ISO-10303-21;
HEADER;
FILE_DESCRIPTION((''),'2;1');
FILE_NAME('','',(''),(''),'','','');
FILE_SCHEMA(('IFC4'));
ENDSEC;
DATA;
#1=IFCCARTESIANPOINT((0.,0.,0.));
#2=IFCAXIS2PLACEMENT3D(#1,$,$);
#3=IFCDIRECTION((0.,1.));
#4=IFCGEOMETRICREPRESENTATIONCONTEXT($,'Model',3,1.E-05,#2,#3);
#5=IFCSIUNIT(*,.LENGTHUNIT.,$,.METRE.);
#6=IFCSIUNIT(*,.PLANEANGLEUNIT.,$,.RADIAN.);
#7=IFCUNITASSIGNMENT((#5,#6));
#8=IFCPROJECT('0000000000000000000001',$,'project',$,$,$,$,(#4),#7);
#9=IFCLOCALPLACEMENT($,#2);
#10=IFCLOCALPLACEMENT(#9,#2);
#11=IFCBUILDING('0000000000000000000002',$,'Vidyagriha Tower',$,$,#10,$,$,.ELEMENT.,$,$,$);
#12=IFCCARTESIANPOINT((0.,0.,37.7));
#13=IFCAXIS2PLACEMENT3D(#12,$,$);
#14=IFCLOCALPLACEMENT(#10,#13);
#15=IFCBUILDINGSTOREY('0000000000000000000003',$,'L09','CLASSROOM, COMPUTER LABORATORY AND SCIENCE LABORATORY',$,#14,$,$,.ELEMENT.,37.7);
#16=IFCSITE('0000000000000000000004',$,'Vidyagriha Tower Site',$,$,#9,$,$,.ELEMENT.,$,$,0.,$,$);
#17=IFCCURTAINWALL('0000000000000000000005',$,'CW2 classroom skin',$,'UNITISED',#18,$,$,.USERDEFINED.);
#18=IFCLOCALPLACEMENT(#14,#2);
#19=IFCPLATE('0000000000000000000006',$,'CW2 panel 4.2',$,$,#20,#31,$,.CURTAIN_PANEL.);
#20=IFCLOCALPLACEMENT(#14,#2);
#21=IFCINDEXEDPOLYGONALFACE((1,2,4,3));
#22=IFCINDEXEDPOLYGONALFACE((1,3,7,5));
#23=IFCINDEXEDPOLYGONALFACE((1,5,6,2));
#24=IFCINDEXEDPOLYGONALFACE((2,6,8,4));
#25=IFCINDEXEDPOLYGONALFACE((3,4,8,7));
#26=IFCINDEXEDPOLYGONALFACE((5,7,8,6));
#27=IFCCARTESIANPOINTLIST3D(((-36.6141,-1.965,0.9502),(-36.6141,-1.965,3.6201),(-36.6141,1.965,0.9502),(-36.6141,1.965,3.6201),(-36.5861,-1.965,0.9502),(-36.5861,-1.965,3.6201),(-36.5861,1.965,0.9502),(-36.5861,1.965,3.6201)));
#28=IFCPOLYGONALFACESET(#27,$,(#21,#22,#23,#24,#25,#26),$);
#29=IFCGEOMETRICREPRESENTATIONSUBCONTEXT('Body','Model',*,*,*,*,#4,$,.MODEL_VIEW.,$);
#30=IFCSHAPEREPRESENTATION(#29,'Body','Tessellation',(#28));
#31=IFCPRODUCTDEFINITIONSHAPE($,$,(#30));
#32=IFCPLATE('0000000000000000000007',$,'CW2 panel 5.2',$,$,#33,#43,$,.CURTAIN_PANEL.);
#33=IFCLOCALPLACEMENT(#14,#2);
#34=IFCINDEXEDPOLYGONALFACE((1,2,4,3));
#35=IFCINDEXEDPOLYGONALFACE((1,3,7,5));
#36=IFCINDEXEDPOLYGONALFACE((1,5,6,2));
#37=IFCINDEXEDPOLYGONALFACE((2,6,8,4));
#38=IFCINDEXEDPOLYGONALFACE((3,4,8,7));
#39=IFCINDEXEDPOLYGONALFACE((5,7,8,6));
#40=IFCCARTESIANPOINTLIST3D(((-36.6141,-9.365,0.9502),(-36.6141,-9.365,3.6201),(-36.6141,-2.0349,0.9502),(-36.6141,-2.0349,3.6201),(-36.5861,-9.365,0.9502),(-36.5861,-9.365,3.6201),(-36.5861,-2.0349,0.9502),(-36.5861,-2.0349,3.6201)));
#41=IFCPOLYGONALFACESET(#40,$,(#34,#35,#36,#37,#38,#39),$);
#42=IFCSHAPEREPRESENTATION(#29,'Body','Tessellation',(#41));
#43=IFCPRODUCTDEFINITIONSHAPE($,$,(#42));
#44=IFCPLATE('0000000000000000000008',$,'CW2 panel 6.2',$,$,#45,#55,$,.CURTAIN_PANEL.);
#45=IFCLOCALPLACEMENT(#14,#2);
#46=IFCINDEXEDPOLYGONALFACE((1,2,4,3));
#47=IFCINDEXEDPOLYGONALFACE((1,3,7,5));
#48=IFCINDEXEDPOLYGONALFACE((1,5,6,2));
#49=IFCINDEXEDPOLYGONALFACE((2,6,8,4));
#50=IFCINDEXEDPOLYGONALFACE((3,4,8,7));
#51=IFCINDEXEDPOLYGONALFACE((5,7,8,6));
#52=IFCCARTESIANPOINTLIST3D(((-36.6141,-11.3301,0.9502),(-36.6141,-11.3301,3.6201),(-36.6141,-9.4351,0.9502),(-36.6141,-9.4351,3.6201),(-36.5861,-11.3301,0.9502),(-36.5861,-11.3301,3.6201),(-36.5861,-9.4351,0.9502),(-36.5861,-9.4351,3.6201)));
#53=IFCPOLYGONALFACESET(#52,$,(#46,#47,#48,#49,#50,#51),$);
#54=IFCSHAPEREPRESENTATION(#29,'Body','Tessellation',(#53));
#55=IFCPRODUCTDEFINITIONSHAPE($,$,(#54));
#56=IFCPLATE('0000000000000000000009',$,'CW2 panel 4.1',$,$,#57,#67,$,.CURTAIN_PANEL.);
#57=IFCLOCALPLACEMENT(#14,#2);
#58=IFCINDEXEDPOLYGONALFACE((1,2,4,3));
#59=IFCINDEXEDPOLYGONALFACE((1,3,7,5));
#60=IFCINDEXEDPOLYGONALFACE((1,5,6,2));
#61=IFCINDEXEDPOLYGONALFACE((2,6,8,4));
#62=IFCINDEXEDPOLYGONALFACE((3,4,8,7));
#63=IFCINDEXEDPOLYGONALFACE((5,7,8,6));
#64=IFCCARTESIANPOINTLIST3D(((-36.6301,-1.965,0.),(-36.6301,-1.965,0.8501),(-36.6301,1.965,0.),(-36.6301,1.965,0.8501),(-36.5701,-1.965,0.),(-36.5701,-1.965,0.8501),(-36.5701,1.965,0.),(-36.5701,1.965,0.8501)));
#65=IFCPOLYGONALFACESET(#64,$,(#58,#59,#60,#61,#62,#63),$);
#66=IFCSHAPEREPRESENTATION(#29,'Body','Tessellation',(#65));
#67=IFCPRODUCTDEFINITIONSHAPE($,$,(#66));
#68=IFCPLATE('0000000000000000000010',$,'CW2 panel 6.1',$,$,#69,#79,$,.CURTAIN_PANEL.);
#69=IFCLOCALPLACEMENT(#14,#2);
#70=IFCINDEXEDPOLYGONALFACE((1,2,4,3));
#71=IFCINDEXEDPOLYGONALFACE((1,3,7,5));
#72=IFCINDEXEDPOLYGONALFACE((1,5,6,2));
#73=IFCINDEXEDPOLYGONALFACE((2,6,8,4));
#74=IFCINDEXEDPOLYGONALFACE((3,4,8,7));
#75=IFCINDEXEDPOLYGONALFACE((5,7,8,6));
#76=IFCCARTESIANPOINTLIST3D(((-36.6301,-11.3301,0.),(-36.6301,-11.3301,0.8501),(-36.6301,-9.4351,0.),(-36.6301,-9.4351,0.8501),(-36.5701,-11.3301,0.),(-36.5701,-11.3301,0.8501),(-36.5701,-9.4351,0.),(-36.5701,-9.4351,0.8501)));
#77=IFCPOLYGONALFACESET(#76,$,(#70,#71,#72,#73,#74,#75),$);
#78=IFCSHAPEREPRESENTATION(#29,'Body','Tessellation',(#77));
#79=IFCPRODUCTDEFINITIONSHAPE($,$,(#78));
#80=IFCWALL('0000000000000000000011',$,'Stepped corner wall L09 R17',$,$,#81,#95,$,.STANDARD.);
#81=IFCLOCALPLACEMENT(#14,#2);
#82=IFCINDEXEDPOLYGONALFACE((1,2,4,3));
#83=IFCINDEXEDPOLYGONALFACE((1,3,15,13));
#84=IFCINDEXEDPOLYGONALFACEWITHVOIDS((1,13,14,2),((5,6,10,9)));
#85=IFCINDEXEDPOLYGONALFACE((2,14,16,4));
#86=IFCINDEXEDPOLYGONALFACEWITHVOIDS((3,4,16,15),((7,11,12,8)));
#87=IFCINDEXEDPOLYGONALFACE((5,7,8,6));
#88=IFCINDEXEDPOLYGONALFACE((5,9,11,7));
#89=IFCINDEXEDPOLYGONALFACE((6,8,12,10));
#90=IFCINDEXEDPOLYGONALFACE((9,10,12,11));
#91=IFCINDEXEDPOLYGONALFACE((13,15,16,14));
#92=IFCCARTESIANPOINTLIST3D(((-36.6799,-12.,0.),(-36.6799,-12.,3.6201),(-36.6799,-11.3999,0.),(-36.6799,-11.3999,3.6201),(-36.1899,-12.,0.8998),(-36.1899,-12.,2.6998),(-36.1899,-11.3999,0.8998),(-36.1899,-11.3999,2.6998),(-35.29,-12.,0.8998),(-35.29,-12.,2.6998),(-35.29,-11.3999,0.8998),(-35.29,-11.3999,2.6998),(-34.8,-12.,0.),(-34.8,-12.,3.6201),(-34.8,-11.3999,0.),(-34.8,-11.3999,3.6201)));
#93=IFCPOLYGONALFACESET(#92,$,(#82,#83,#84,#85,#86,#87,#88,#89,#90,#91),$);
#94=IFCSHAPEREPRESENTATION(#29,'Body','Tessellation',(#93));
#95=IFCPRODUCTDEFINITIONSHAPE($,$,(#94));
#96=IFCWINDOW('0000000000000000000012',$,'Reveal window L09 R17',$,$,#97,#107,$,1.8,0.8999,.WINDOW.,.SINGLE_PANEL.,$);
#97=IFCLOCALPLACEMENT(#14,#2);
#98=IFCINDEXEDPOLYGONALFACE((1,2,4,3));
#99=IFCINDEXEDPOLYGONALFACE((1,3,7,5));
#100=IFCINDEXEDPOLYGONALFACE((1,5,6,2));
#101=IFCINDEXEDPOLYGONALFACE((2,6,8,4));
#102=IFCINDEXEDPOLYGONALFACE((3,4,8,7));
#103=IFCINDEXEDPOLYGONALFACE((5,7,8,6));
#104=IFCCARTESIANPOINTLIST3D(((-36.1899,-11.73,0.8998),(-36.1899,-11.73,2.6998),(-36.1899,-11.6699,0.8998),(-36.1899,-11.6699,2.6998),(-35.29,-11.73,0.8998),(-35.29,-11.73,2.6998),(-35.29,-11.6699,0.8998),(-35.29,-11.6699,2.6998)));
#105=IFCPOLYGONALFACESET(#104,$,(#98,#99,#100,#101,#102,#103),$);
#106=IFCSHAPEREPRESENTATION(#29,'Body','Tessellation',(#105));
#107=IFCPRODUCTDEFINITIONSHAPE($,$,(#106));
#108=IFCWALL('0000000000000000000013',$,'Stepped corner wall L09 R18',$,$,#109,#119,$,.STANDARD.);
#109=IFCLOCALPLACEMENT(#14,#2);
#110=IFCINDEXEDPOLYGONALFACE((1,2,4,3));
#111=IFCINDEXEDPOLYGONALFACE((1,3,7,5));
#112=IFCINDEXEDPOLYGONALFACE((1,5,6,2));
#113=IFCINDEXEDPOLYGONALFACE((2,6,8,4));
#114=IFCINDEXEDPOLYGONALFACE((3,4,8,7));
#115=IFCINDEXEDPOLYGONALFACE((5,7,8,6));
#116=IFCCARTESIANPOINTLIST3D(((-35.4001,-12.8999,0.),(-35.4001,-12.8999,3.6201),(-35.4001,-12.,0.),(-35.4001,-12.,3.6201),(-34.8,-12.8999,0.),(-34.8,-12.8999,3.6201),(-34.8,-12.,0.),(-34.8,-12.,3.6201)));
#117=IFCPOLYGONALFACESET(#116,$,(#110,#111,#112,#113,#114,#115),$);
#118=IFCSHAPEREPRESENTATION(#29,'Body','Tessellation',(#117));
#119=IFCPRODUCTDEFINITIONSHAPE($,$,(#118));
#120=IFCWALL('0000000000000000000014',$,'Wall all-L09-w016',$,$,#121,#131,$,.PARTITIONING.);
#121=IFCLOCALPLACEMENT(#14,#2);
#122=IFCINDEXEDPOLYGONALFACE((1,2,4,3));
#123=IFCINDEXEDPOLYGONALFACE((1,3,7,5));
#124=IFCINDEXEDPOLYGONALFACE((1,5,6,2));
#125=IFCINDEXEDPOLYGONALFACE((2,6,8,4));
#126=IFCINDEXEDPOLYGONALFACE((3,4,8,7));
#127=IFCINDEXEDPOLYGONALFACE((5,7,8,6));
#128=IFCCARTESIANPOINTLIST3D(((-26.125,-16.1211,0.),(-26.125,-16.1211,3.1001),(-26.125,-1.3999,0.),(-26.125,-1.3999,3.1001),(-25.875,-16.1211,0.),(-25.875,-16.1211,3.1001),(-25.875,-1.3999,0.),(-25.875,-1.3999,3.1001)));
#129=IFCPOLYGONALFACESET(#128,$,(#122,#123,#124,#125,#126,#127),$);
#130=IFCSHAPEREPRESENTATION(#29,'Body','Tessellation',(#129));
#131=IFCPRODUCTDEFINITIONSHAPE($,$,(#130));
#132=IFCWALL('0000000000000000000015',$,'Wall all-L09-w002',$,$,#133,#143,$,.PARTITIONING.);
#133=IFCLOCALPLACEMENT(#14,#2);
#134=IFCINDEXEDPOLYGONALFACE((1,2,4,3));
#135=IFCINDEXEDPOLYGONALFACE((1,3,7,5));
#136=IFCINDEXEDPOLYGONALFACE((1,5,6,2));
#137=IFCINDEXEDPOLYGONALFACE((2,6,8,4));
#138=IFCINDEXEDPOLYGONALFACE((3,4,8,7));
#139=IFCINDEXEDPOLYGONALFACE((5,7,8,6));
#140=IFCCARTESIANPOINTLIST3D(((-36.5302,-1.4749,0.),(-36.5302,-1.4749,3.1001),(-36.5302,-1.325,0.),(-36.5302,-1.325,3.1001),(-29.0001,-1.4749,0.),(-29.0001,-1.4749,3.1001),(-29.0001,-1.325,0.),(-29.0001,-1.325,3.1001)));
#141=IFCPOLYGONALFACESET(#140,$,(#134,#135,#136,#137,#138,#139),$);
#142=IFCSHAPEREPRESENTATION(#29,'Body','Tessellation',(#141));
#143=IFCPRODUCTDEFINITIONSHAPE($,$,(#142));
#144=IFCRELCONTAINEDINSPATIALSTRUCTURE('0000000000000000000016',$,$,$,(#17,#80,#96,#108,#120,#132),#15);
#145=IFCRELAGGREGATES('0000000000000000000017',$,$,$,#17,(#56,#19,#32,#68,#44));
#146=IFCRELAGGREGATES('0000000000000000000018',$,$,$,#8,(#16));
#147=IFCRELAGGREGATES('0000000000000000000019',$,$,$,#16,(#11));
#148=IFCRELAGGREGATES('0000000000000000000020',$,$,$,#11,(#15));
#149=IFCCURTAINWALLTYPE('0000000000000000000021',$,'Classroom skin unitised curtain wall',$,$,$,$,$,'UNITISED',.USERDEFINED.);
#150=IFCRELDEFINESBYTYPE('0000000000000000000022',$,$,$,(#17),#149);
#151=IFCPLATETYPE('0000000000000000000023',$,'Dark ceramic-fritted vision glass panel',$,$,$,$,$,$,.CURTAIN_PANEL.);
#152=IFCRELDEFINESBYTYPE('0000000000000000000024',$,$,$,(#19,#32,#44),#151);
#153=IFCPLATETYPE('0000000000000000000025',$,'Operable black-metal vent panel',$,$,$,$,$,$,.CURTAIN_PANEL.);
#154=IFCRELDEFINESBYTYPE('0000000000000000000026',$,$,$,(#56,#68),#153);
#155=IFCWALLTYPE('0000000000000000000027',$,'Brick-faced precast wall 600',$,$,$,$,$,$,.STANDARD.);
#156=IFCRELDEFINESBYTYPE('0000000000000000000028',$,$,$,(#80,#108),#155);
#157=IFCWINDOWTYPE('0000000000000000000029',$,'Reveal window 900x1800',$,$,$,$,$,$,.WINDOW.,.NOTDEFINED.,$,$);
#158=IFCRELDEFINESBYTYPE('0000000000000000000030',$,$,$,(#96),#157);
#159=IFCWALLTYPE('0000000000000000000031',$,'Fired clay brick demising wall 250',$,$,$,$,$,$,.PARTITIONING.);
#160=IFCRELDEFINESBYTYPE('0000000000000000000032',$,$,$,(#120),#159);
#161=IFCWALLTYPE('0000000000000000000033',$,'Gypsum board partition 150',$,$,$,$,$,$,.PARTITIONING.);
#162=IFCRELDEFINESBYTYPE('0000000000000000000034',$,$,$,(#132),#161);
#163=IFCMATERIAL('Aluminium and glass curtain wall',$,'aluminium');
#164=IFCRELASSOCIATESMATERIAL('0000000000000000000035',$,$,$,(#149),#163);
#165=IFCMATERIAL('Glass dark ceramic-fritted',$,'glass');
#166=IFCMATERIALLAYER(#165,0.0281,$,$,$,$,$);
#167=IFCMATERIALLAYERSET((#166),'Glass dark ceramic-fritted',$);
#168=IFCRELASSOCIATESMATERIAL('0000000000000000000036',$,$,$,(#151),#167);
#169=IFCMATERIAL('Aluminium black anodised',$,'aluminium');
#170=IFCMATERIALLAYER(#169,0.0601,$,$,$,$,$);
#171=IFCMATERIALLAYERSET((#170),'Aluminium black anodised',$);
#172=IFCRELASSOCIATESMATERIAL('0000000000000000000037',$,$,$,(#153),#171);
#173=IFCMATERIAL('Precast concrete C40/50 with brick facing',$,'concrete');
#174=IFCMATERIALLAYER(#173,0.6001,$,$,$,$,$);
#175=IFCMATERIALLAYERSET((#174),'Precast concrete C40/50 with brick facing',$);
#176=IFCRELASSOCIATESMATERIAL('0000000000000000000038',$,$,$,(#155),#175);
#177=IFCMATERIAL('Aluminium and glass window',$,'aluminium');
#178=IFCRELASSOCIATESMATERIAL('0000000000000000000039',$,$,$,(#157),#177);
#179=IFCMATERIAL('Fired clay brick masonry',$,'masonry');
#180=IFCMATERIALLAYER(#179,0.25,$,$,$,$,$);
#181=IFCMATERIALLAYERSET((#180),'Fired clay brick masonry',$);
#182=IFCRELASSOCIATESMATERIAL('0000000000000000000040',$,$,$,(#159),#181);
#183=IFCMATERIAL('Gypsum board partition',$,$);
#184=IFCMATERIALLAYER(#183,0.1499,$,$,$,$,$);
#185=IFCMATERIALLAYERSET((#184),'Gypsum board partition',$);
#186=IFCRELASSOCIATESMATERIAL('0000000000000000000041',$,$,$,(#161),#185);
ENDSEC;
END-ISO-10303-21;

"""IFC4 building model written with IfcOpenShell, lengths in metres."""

from ifc_helpers import new_model, si_unit, direction, frame, frame_2d, origin, origin_2d, place, context, subcontext, project, spatial, rectangle, extrude, material, layer, layer_set, type_object, element, fill, aggregate, save


model = new_model("IFC4")

# Units and contexts
model_context = context("Model", 3, precision=1e-05, world=origin(), true_north=direction((0.0, 1.0)))
body_context = subcontext(model_context, "Body", "Model", "MODEL_VIEW")
ifc_project = project(units=[si_unit("LENGTHUNIT", "METRE"), si_unit("PLANEANGLEUNIT", "RADIAN")], contexts=[model_context])

# Site, building, storey
site_placement = place(None, origin())
site = spatial("IfcSite", under=ifc_project, at=site_placement, Name="Vidyagriha Tower Site", CompositionType="ELEMENT", RefElevation=0.0)
building_placement = place(site_placement, origin())
building = spatial("IfcBuilding", under=site, at=building_placement, Name="Vidyagriha Tower", CompositionType="ELEMENT")
storey_placement = place(building_placement, frame((0.0, 0.0, 37.7)))
storey = spatial("IfcBuildingStorey", under=building, at=storey_placement, Name="L09", Description="CLASSROOM, COMPUTER LABORATORY AND SCIENCE LABORATORY", CompositionType="ELEMENT", Elevation=37.7)

# Curtain wall, plates
ifc_material_1 = material(Name="Aluminium and glass curtain wall", Category="aluminium")
curtain_wall_type = type_object("IfcCurtainWallType", Name="Classroom skin unitised curtain wall", ElementType="UNITISED", PredefinedType="USERDEFINED", material=ifc_material_1)
curtain_wall_placement = place(storey_placement, origin())
curtain_wall = element("IfcCurtainWall", 1, at=curtain_wall_placement, inside=storey, type_object=curtain_wall_type, Name="CW2 classroom skin", ObjectType="UNITISED", PredefinedType="USERDEFINED")
ifc_material_2 = material(Name="Glass dark ceramic-fritted", Category="glass")
ifc_layer_1 = layer(ifc_material_2, 0.0281)
ifc_layer_set_1 = layer_set([ifc_layer_1], Name="Glass dark ceramic-fritted")
plate_type_1 = type_object("IfcPlateType", Name="Dark ceramic-fritted vision glass panel", PredefinedType="CURTAIN_PANEL", material=ifc_layer_set_1)
plate_1_placement = place(storey_placement, frame((-36.6001, 0.0, 0.9502), z_axis=(0.0, 0.0, 1.0), x_axis=(0.0, -1.0, 0.0)))
plate_1 = element("IfcPlate", 2, at=plate_1_placement, type_object=plate_type_1, Name="CW2 panel 4.2", PredefinedType="CURTAIN_PANEL", context=body_context, shape_type="SweptSolid", body=[
    extrude(rectangle(XDim=3.9299, YDim=0.0281, at=origin_2d()), origin(), (0.0, 0.0, 1.0), 2.6699),
])
plate_2_placement = place(storey_placement, frame((-36.6001, -5.7, 0.9502), z_axis=(0.0, 0.0, 1.0), x_axis=(0.0, -1.0, 0.0)))
plate_2 = element("IfcPlate", 3, at=plate_2_placement, type_object=plate_type_1, Name="CW2 panel 5.2", PredefinedType="CURTAIN_PANEL", context=body_context, shape_type="SweptSolid", body=[
    extrude(rectangle(XDim=7.3301, YDim=0.0281, at=origin_2d()), origin(), (0.0, 0.0, 1.0), 2.6699),
])
plate_3_placement = place(storey_placement, frame((-36.6001, -10.3826, 0.9502), z_axis=(0.0, 0.0, 1.0), x_axis=(0.0, -1.0, 0.0)))
plate_3 = element("IfcPlate", 4, at=plate_3_placement, type_object=plate_type_1, Name="CW2 panel 6.2", PredefinedType="CURTAIN_PANEL", context=body_context, shape_type="SweptSolid", body=[
    extrude(rectangle(XDim=1.895, YDim=0.0281, at=origin_2d()), origin(), (0.0, 0.0, 1.0), 2.6699),
])
ifc_material_3 = material(Name="Aluminium black anodised", Category="aluminium")
ifc_layer_2 = layer(ifc_material_3, 0.0601)
ifc_layer_set_2 = layer_set([ifc_layer_2], Name="Aluminium black anodised")
plate_type_2 = type_object("IfcPlateType", Name="Operable black-metal vent panel", PredefinedType="CURTAIN_PANEL", material=ifc_layer_set_2)
plate_4_placement = place(storey_placement, frame((-36.6001, 0.0, 0.0), z_axis=(0.0, 0.0, 1.0), x_axis=(0.0, -1.0, 0.0)))
plate_4 = element("IfcPlate", 5, at=plate_4_placement, type_object=plate_type_2, Name="CW2 panel 4.1", PredefinedType="CURTAIN_PANEL", context=body_context, shape_type="SweptSolid", body=[
    extrude(rectangle(XDim=3.9299, YDim=0.0601, at=origin_2d()), origin(), (0.0, 0.0, 1.0), 0.8501),
])
plate_5_placement = place(storey_placement, frame((-36.6001, -10.3826, 0.0), z_axis=(0.0, 0.0, 1.0), x_axis=(0.0, -1.0, 0.0)))
plate_5 = element("IfcPlate", 6, at=plate_5_placement, type_object=plate_type_2, Name="CW2 panel 6.1", PredefinedType="CURTAIN_PANEL", context=body_context, shape_type="SweptSolid", body=[
    extrude(rectangle(XDim=1.895, YDim=0.0601, at=origin_2d()), origin(), (0.0, 0.0, 1.0), 0.8501),
])
aggregate(curtain_wall, [plate_4, plate_1, plate_2, plate_5, plate_3])

# Wall, opening, window
ifc_material_4 = material(Name="Precast concrete C40/50 with brick facing", Category="concrete")
ifc_layer_3 = layer(ifc_material_4, 0.6001)
ifc_layer_set_3 = layer_set([ifc_layer_3], Name="Precast concrete C40/50 with brick facing")
wall_type_1 = type_object("IfcWallType", Name="Brick-faced precast wall 600", PredefinedType="STANDARD", material=ifc_layer_set_3)
wall_1_placement = place(storey_placement, frame((-36.6799, -11.7, 0.0)))
wall_1 = element("IfcWall", 7, at=wall_1_placement, inside=storey, type_object=wall_type_1, Name="Stepped corner wall L09 R17", PredefinedType="STANDARD", context=body_context, shape_type="SweptSolid", body=[
    extrude(rectangle(XDim=1.8799, YDim=0.6001, at=frame_2d((0.9399, 0.0))), origin(), (0.0, 0.0, 1.0), 3.6201),
])
opening_placement = place(wall_1_placement, frame((0.49, 0.0, 0.8999)))
opening = element("IfcOpeningElement", 8, at=opening_placement, cuts=wall_1, PredefinedType="OPENING", context=body_context, shape_type="SweptSolid", body=[
    extrude(rectangle(XDim=0.8999, YDim=1.8, at=frame_2d((0.45, 0.8999))), frame((0.0, 0.3101, 0.0), z_axis=(0.0, -1.0, 0.0), x_axis=(1.0, 0.0, 0.0)), (0.0, 0.0, 1.0), 0.6201),
])
ifc_material_5 = material(Name="Aluminium and glass window", Category="aluminium")
window_type = type_object("IfcWindowType", Name="Reveal window 900x1800", PartitioningType="NOTDEFINED", PredefinedType="WINDOW", material=ifc_material_5)
window_placement = place(opening_placement, origin())
window = element("IfcWindow", 9, at=window_placement, inside=storey, type_object=window_type, Name="Reveal window L09 R17", OverallHeight=1.8, OverallWidth=0.8999, PartitioningType="SINGLE_PANEL", PredefinedType="WINDOW", context=body_context, shape_type="SweptSolid", body=[
    extrude(rectangle(XDim=0.8999, YDim=1.8, at=frame_2d((0.45, 0.8999))), frame((0.0, 0.03, 0.0), z_axis=(0.0, -1.0, 0.0), x_axis=(1.0, 0.0, 0.0)), (0.0, 0.0, 1.0), 0.0601),
])
fill(opening, window)

# Walls
wall_2_placement = place(storey_placement, frame((-35.1001, -12.0, 0.0), z_axis=(0.0, 0.0, 1.0), x_axis=(0.0, -1.0, 0.0)))
element("IfcWall", 10, at=wall_2_placement, inside=storey, type_object=wall_type_1, Name="Stepped corner wall L09 R18", PredefinedType="STANDARD", context=body_context, shape_type="SweptSolid", body=[
    extrude(rectangle(XDim=0.8999, YDim=0.6001, at=frame_2d((0.45, 0.0))), origin(), (0.0, 0.0, 1.0), 3.6201),
])
ifc_material_6 = material(Name="Fired clay brick masonry", Category="masonry")
ifc_layer_4 = layer(ifc_material_6, 0.25)
ifc_layer_set_4 = layer_set([ifc_layer_4], Name="Fired clay brick masonry")
wall_type_2 = type_object("IfcWallType", Name="Fired clay brick demising wall 250", PredefinedType="PARTITIONING", material=ifc_layer_set_4)
wall_3_placement = place(storey_placement, frame((-26.0, -1.3999, 0.0), z_axis=(0.0, 0.0, 1.0), x_axis=(0.0, -1.0, 0.0)))
element("IfcWall", 11, at=wall_3_placement, inside=storey, type_object=wall_type_2, Name="Wall all-L09-w016", PredefinedType="PARTITIONING", context=body_context, shape_type="SweptSolid", body=[
    extrude(rectangle(XDim=14.7212, YDim=0.25, at=frame_2d((7.3606, 0.0))), origin(), (0.0, 0.0, 1.0), 3.1001),
])
ifc_material_7 = material(Name="Gypsum board partition")
ifc_layer_5 = layer(ifc_material_7, 0.1499)
ifc_layer_set_5 = layer_set([ifc_layer_5], Name="Gypsum board partition")
wall_type_3 = type_object("IfcWallType", Name="Gypsum board partition 150", PredefinedType="PARTITIONING", material=ifc_layer_set_5)
wall_4_placement = place(storey_placement, frame((-29.0, -1.3999, 0.0), z_axis=(0.0, 0.0, 1.0), x_axis=(-1.0, 0.0, 0.0)))
element("IfcWall", 12, at=wall_4_placement, inside=storey, type_object=wall_type_3, Name="Wall all-L09-w002", PredefinedType="PARTITIONING", context=body_context, shape_type="SweptSolid", body=[
    extrude(rectangle(XDim=7.53, YDim=0.1499, at=frame_2d((3.7651, 0.0))), origin(), (0.0, 0.0, 1.0), 3.1001),
])

save(model, "model.ifc")
